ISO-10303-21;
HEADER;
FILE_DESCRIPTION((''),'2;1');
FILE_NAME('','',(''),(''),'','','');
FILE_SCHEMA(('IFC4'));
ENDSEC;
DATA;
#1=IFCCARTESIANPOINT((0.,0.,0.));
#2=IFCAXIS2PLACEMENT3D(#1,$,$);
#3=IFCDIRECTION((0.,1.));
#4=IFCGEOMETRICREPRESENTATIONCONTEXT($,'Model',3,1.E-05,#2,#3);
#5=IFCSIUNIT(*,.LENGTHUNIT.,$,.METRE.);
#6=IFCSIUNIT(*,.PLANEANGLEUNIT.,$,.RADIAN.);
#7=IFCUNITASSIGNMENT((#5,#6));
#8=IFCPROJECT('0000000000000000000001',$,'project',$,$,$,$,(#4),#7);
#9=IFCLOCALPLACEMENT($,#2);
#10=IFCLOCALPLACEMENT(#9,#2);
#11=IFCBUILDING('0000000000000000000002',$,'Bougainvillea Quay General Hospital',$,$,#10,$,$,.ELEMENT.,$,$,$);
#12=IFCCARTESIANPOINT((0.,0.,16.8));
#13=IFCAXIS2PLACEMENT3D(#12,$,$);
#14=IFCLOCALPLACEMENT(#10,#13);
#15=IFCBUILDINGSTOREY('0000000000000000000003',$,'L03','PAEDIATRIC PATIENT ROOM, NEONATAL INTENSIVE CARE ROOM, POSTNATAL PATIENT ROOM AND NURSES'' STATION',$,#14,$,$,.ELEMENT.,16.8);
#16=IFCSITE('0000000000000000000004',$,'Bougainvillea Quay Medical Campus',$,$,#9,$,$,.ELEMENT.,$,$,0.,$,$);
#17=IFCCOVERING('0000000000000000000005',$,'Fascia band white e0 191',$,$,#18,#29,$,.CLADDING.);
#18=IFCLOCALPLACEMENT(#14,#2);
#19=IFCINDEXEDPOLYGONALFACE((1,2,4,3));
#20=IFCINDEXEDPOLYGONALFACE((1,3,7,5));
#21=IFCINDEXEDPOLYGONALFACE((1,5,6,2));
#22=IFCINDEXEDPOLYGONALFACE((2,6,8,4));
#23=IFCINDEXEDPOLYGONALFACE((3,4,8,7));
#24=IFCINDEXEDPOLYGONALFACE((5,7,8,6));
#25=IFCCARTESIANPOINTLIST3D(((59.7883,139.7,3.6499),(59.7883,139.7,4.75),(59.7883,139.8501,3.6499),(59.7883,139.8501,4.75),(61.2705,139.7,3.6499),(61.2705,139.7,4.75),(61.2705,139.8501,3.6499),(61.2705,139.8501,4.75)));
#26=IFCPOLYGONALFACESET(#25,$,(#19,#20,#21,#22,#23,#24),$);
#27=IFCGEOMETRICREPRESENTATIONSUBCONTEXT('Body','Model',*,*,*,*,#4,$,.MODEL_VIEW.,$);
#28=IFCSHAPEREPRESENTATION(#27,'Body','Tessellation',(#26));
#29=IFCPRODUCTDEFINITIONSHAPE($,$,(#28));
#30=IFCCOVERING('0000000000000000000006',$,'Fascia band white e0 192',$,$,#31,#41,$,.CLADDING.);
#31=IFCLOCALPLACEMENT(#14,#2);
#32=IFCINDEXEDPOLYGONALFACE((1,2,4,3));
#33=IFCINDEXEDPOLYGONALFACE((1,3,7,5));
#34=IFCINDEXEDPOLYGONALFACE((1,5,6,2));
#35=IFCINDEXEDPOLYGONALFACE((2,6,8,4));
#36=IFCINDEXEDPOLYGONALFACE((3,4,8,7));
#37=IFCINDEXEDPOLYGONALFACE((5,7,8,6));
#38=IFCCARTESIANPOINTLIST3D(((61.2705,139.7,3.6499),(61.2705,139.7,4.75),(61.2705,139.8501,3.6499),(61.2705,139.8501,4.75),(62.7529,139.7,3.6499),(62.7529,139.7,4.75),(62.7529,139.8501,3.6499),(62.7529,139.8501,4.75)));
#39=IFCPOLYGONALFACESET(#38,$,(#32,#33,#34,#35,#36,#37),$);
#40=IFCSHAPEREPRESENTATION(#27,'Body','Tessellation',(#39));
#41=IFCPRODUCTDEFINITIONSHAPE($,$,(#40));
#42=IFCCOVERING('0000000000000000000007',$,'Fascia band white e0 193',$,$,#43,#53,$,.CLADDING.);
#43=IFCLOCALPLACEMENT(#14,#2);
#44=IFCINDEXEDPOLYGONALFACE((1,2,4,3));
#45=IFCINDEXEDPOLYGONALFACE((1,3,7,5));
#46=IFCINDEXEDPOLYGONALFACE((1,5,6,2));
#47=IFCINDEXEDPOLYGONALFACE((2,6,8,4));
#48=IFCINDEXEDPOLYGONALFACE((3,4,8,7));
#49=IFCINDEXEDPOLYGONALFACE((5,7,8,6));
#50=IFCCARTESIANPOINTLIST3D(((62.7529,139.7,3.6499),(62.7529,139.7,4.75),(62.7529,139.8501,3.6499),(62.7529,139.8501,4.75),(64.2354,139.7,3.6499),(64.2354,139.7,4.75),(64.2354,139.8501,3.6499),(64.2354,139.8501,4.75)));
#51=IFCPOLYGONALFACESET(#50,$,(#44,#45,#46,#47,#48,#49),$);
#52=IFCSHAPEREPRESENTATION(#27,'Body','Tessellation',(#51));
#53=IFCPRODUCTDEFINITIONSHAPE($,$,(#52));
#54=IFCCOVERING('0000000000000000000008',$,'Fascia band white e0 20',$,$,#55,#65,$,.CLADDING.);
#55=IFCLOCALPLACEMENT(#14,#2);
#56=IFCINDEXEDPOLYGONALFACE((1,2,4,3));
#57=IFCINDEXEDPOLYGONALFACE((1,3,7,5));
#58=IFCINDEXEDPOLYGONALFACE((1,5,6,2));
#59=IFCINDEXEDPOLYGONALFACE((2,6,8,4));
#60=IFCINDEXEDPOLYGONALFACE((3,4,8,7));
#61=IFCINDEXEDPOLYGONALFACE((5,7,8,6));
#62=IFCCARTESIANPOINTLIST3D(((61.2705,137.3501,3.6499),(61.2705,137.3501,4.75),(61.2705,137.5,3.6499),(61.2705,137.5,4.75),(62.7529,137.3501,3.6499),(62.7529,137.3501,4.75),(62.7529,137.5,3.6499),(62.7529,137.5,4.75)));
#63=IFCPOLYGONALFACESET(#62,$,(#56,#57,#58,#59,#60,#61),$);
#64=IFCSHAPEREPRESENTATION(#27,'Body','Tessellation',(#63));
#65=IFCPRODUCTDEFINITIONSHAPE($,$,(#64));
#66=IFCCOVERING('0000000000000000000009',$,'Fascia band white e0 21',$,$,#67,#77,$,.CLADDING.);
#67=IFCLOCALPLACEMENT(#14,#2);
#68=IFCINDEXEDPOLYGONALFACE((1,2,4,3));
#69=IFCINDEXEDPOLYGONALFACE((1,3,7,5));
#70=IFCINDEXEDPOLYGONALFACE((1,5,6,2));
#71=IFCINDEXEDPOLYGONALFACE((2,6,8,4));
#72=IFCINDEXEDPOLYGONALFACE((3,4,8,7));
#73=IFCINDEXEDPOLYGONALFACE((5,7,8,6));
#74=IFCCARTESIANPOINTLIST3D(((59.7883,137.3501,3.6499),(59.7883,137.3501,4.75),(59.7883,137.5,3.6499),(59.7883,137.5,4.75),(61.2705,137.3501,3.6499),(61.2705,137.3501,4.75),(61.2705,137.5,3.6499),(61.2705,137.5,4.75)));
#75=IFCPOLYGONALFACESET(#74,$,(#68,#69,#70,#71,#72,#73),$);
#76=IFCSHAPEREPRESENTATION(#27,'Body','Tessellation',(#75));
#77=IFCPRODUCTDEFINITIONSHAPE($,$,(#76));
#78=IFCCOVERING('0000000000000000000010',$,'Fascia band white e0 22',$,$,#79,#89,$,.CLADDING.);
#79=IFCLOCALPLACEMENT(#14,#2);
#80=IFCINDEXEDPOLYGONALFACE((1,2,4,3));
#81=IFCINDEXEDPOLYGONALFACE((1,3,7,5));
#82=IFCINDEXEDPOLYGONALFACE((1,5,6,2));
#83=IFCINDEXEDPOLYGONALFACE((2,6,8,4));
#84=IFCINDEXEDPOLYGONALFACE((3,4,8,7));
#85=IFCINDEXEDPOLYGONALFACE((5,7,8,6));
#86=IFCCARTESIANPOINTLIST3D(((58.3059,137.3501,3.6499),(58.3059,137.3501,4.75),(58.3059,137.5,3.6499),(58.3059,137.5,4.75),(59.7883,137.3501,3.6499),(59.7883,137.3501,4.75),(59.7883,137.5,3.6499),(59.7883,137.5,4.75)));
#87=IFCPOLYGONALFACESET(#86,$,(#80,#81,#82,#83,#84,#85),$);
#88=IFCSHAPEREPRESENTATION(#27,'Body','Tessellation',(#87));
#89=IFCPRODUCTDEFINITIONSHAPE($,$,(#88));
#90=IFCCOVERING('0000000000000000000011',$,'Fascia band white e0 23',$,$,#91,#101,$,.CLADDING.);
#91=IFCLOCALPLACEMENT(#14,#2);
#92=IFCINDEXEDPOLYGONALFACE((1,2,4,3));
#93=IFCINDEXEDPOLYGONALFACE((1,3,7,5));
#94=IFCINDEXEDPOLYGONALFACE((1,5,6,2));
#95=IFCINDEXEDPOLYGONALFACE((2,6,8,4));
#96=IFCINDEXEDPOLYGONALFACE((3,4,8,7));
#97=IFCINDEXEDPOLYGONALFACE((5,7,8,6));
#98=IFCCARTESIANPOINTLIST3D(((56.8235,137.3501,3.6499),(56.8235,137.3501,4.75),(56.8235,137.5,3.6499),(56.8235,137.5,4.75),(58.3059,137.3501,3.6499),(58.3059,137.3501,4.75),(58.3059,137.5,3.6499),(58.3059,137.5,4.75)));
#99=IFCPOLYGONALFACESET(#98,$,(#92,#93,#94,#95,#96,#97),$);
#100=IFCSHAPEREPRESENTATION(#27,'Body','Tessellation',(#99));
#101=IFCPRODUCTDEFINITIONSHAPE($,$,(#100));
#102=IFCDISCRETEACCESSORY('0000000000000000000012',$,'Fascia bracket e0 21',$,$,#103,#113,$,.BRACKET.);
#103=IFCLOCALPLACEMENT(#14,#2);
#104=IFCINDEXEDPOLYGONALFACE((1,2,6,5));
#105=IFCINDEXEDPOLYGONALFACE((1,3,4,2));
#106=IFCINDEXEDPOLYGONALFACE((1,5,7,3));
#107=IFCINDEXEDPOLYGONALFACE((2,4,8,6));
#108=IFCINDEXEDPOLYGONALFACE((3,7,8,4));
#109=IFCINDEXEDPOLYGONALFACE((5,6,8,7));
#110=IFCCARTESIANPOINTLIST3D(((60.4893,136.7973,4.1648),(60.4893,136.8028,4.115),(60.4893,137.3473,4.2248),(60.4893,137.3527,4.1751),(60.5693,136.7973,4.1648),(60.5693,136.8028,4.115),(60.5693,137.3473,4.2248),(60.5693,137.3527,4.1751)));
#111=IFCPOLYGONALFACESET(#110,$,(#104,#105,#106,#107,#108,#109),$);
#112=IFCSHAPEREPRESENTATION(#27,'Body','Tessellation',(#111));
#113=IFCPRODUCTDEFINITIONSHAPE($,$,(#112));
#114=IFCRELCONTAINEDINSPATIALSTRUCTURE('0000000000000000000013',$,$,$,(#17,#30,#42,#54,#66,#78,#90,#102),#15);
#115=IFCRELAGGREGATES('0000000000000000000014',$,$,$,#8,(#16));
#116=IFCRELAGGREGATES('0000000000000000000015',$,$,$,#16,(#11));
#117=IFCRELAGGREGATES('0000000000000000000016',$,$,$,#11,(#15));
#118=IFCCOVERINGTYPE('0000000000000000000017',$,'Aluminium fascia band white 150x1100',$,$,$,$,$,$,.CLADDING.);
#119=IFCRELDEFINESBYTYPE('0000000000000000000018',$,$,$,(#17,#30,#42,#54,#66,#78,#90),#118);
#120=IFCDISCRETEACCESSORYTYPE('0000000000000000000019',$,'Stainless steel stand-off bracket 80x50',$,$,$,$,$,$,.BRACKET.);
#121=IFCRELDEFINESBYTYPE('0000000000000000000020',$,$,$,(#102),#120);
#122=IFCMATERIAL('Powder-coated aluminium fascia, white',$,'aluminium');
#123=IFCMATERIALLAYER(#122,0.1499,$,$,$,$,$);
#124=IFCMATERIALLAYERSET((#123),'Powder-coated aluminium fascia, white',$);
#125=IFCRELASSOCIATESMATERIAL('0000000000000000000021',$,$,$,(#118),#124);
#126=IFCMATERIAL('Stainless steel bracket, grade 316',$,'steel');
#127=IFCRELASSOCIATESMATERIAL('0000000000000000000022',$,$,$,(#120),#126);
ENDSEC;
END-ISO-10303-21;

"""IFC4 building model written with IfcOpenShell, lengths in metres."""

from ifc_helpers import new_model, si_unit, direction, frame, origin, origin_2d, place, context, subcontext, project, spatial, polyline, rectangle, outline, extrude, material, layer, layer_set, material_profile, profile_set, type_object, element, save


model = new_model("IFC4")

# Units and contexts
model_context = context("Model", 3, precision=1e-05, world=origin(), true_north=direction((0.0, 1.0)))
body_context = subcontext(model_context, "Body", "Model", "MODEL_VIEW")
ifc_project = project(units=[si_unit("LENGTHUNIT", "METRE"), si_unit("PLANEANGLEUNIT", "RADIAN")], contexts=[model_context])

# Site, building, storey
site_placement = place(None, origin())
site = spatial("IfcSite", under=ifc_project, at=site_placement, Name="Bougainvillea Quay Medical Campus", CompositionType="ELEMENT", RefElevation=0.0)
building_placement = place(site_placement, origin())
building = spatial("IfcBuilding", under=site, at=building_placement, Name="Bougainvillea Quay General Hospital", CompositionType="ELEMENT")
storey_placement = place(building_placement, frame((0.0, 0.0, 16.8)))
storey = spatial("IfcBuildingStorey", under=building, at=storey_placement, Name="L03", Description="PAEDIATRIC PATIENT ROOM, NEONATAL INTENSIVE CARE ROOM, POSTNATAL PATIENT ROOM AND NURSES' STATION", CompositionType="ELEMENT", Elevation=16.8)

# Coverings
ifc_material_1 = material(Name="Powder-coated aluminium fascia, white", Category="aluminium")
ifc_layer_1 = layer(ifc_material_1, 0.1499)
ifc_layer_set_1 = layer_set([ifc_layer_1], Name="Powder-coated aluminium fascia, white")
covering_type = type_object("IfcCoveringType", Name="Aluminium fascia band white 150x1100", PredefinedType="CLADDING", material=ifc_layer_set_1)
covering_1_placement = place(storey_placement, frame((59.7883, 139.8501, 3.6499), z_axis=(0.0, 0.0, 1.0), x_axis=(1.0, 0.0, 0.0)))
element("IfcCovering", 1, at=covering_1_placement, inside=storey, type_object=covering_type, Name="Fascia band white e0 191", PredefinedType="CLADDING", context=body_context, shape_type="SweptSolid", body=[
    extrude(outline(polyline([(0.0, 0.0), (1.4822, 0.0), (1.4822, -0.1501), (0.0, -0.1501), (0.0, 0.0)])), origin(), (0.0, 0.0, 1.0), 1.1001),
])
for number, where, z_axis, x_axis, name in (
    (2, (61.2705, 139.8501, 3.6499), (0.0, 0.0, 1.0), (1.0, 0.0, 0.0), "Fascia band white e0 192"),
    (3, (62.7529, 139.8501, 3.6499), (0.0, 0.0, 1.0), (1.0, 0.0, 0.0), "Fascia band white e0 193"),
):
    element("IfcCovering", number, at=place(storey_placement, frame(where, z_axis=z_axis, x_axis=x_axis)), inside=storey, type_object=covering_type, Name=name, PredefinedType="CLADDING", context=body_context, shape_type="SweptSolid", body=[
        extrude(outline(polyline([(0.0, 0.0), (1.4824, 0.0), (1.4824, -0.1501), (0.0, -0.1501), (0.0, 0.0)])), origin(), (0.0, 0.0, 1.0), 1.1001),
    ])
covering_2_placement = place(storey_placement, frame((62.7529, 137.3501, 3.6499), z_axis=(0.0, 0.0, 1.0), x_axis=(-1.0, 0.0, 0.0)))
element("IfcCovering", 4, at=covering_2_placement, inside=storey, type_object=covering_type, Name="Fascia band white e0 20", PredefinedType="CLADDING", context=body_context, shape_type="SweptSolid", body=[
    extrude(outline(polyline([(0.0, 0.0), (1.4824, 0.0), (1.4824, -0.1499), (0.0, -0.1499), (0.0, 0.0)])), origin(), (0.0, 0.0, 1.0), 1.1001),
])
covering_3_placement = place(storey_placement, frame((61.2705, 137.3501, 3.6499), z_axis=(0.0, 0.0, 1.0), x_axis=(-1.0, 0.0, 0.0)))
element("IfcCovering", 5, at=covering_3_placement, inside=storey, type_object=covering_type, Name="Fascia band white e0 21", PredefinedType="CLADDING", context=body_context, shape_type="SweptSolid", body=[
    extrude(outline(polyline([(0.0, 0.0), (1.4822, 0.0), (1.4822, -0.1499), (0.0, -0.1499), (0.0, 0.0)])), origin(), (0.0, 0.0, 1.0), 1.1001),
])
for number, where, z_axis, x_axis, name in (
    (6, (59.7883, 137.3501, 3.6499), (0.0, 0.0, 1.0), (-1.0, 0.0, 0.0), "Fascia band white e0 22"),
    (7, (58.3059, 137.3501, 3.6499), (0.0, 0.0, 1.0), (-1.0, 0.0, 0.0), "Fascia band white e0 23"),
):
    element("IfcCovering", number, at=place(storey_placement, frame(where, z_axis=z_axis, x_axis=x_axis)), inside=storey, type_object=covering_type, Name=name, PredefinedType="CLADDING", context=body_context, shape_type="SweptSolid", body=[
        extrude(outline(polyline([(0.0, 0.0), (1.4824, 0.0), (1.4824, -0.1499), (0.0, -0.1499), (0.0, 0.0)])), origin(), (0.0, 0.0, 1.0), 1.1001),
    ])

# Discrete accessory
ifc_material_2 = material(Name="Stainless steel bracket, grade 316", Category="steel")
ifc_material_profile_1 = material_profile(ifc_material_2, rectangle(XDim=0.0801, YDim=0.05, at=origin_2d()))
ifc_profile_set_1 = profile_set([ifc_material_profile_1], Name="Stainless steel bracket, grade 316")
discrete_accessory_type = type_object("IfcDiscreteAccessoryType", Name="Stainless steel stand-off bracket 80x50", PredefinedType="BRACKET", material=ifc_profile_set_1)
discrete_accessory_placement = place(storey_placement, frame((60.5293, 136.8, 4.1399), z_axis=(0.0, 0.994092, 0.108543), x_axis=(-1.0, 0.0, 0.0)))
element("IfcDiscreteAccessory", 8, at=discrete_accessory_placement, inside=storey, type_object=discrete_accessory_type, Name="Fascia bracket e0 21", PredefinedType="BRACKET", context=body_context, shape_type="SweptSolid", body=[
    extrude(rectangle(XDim=0.0801, YDim=0.05, at=origin_2d()), origin(), (0.0, 0.0, 1.0), 0.5532),
])

save(model, "model.ifc")
